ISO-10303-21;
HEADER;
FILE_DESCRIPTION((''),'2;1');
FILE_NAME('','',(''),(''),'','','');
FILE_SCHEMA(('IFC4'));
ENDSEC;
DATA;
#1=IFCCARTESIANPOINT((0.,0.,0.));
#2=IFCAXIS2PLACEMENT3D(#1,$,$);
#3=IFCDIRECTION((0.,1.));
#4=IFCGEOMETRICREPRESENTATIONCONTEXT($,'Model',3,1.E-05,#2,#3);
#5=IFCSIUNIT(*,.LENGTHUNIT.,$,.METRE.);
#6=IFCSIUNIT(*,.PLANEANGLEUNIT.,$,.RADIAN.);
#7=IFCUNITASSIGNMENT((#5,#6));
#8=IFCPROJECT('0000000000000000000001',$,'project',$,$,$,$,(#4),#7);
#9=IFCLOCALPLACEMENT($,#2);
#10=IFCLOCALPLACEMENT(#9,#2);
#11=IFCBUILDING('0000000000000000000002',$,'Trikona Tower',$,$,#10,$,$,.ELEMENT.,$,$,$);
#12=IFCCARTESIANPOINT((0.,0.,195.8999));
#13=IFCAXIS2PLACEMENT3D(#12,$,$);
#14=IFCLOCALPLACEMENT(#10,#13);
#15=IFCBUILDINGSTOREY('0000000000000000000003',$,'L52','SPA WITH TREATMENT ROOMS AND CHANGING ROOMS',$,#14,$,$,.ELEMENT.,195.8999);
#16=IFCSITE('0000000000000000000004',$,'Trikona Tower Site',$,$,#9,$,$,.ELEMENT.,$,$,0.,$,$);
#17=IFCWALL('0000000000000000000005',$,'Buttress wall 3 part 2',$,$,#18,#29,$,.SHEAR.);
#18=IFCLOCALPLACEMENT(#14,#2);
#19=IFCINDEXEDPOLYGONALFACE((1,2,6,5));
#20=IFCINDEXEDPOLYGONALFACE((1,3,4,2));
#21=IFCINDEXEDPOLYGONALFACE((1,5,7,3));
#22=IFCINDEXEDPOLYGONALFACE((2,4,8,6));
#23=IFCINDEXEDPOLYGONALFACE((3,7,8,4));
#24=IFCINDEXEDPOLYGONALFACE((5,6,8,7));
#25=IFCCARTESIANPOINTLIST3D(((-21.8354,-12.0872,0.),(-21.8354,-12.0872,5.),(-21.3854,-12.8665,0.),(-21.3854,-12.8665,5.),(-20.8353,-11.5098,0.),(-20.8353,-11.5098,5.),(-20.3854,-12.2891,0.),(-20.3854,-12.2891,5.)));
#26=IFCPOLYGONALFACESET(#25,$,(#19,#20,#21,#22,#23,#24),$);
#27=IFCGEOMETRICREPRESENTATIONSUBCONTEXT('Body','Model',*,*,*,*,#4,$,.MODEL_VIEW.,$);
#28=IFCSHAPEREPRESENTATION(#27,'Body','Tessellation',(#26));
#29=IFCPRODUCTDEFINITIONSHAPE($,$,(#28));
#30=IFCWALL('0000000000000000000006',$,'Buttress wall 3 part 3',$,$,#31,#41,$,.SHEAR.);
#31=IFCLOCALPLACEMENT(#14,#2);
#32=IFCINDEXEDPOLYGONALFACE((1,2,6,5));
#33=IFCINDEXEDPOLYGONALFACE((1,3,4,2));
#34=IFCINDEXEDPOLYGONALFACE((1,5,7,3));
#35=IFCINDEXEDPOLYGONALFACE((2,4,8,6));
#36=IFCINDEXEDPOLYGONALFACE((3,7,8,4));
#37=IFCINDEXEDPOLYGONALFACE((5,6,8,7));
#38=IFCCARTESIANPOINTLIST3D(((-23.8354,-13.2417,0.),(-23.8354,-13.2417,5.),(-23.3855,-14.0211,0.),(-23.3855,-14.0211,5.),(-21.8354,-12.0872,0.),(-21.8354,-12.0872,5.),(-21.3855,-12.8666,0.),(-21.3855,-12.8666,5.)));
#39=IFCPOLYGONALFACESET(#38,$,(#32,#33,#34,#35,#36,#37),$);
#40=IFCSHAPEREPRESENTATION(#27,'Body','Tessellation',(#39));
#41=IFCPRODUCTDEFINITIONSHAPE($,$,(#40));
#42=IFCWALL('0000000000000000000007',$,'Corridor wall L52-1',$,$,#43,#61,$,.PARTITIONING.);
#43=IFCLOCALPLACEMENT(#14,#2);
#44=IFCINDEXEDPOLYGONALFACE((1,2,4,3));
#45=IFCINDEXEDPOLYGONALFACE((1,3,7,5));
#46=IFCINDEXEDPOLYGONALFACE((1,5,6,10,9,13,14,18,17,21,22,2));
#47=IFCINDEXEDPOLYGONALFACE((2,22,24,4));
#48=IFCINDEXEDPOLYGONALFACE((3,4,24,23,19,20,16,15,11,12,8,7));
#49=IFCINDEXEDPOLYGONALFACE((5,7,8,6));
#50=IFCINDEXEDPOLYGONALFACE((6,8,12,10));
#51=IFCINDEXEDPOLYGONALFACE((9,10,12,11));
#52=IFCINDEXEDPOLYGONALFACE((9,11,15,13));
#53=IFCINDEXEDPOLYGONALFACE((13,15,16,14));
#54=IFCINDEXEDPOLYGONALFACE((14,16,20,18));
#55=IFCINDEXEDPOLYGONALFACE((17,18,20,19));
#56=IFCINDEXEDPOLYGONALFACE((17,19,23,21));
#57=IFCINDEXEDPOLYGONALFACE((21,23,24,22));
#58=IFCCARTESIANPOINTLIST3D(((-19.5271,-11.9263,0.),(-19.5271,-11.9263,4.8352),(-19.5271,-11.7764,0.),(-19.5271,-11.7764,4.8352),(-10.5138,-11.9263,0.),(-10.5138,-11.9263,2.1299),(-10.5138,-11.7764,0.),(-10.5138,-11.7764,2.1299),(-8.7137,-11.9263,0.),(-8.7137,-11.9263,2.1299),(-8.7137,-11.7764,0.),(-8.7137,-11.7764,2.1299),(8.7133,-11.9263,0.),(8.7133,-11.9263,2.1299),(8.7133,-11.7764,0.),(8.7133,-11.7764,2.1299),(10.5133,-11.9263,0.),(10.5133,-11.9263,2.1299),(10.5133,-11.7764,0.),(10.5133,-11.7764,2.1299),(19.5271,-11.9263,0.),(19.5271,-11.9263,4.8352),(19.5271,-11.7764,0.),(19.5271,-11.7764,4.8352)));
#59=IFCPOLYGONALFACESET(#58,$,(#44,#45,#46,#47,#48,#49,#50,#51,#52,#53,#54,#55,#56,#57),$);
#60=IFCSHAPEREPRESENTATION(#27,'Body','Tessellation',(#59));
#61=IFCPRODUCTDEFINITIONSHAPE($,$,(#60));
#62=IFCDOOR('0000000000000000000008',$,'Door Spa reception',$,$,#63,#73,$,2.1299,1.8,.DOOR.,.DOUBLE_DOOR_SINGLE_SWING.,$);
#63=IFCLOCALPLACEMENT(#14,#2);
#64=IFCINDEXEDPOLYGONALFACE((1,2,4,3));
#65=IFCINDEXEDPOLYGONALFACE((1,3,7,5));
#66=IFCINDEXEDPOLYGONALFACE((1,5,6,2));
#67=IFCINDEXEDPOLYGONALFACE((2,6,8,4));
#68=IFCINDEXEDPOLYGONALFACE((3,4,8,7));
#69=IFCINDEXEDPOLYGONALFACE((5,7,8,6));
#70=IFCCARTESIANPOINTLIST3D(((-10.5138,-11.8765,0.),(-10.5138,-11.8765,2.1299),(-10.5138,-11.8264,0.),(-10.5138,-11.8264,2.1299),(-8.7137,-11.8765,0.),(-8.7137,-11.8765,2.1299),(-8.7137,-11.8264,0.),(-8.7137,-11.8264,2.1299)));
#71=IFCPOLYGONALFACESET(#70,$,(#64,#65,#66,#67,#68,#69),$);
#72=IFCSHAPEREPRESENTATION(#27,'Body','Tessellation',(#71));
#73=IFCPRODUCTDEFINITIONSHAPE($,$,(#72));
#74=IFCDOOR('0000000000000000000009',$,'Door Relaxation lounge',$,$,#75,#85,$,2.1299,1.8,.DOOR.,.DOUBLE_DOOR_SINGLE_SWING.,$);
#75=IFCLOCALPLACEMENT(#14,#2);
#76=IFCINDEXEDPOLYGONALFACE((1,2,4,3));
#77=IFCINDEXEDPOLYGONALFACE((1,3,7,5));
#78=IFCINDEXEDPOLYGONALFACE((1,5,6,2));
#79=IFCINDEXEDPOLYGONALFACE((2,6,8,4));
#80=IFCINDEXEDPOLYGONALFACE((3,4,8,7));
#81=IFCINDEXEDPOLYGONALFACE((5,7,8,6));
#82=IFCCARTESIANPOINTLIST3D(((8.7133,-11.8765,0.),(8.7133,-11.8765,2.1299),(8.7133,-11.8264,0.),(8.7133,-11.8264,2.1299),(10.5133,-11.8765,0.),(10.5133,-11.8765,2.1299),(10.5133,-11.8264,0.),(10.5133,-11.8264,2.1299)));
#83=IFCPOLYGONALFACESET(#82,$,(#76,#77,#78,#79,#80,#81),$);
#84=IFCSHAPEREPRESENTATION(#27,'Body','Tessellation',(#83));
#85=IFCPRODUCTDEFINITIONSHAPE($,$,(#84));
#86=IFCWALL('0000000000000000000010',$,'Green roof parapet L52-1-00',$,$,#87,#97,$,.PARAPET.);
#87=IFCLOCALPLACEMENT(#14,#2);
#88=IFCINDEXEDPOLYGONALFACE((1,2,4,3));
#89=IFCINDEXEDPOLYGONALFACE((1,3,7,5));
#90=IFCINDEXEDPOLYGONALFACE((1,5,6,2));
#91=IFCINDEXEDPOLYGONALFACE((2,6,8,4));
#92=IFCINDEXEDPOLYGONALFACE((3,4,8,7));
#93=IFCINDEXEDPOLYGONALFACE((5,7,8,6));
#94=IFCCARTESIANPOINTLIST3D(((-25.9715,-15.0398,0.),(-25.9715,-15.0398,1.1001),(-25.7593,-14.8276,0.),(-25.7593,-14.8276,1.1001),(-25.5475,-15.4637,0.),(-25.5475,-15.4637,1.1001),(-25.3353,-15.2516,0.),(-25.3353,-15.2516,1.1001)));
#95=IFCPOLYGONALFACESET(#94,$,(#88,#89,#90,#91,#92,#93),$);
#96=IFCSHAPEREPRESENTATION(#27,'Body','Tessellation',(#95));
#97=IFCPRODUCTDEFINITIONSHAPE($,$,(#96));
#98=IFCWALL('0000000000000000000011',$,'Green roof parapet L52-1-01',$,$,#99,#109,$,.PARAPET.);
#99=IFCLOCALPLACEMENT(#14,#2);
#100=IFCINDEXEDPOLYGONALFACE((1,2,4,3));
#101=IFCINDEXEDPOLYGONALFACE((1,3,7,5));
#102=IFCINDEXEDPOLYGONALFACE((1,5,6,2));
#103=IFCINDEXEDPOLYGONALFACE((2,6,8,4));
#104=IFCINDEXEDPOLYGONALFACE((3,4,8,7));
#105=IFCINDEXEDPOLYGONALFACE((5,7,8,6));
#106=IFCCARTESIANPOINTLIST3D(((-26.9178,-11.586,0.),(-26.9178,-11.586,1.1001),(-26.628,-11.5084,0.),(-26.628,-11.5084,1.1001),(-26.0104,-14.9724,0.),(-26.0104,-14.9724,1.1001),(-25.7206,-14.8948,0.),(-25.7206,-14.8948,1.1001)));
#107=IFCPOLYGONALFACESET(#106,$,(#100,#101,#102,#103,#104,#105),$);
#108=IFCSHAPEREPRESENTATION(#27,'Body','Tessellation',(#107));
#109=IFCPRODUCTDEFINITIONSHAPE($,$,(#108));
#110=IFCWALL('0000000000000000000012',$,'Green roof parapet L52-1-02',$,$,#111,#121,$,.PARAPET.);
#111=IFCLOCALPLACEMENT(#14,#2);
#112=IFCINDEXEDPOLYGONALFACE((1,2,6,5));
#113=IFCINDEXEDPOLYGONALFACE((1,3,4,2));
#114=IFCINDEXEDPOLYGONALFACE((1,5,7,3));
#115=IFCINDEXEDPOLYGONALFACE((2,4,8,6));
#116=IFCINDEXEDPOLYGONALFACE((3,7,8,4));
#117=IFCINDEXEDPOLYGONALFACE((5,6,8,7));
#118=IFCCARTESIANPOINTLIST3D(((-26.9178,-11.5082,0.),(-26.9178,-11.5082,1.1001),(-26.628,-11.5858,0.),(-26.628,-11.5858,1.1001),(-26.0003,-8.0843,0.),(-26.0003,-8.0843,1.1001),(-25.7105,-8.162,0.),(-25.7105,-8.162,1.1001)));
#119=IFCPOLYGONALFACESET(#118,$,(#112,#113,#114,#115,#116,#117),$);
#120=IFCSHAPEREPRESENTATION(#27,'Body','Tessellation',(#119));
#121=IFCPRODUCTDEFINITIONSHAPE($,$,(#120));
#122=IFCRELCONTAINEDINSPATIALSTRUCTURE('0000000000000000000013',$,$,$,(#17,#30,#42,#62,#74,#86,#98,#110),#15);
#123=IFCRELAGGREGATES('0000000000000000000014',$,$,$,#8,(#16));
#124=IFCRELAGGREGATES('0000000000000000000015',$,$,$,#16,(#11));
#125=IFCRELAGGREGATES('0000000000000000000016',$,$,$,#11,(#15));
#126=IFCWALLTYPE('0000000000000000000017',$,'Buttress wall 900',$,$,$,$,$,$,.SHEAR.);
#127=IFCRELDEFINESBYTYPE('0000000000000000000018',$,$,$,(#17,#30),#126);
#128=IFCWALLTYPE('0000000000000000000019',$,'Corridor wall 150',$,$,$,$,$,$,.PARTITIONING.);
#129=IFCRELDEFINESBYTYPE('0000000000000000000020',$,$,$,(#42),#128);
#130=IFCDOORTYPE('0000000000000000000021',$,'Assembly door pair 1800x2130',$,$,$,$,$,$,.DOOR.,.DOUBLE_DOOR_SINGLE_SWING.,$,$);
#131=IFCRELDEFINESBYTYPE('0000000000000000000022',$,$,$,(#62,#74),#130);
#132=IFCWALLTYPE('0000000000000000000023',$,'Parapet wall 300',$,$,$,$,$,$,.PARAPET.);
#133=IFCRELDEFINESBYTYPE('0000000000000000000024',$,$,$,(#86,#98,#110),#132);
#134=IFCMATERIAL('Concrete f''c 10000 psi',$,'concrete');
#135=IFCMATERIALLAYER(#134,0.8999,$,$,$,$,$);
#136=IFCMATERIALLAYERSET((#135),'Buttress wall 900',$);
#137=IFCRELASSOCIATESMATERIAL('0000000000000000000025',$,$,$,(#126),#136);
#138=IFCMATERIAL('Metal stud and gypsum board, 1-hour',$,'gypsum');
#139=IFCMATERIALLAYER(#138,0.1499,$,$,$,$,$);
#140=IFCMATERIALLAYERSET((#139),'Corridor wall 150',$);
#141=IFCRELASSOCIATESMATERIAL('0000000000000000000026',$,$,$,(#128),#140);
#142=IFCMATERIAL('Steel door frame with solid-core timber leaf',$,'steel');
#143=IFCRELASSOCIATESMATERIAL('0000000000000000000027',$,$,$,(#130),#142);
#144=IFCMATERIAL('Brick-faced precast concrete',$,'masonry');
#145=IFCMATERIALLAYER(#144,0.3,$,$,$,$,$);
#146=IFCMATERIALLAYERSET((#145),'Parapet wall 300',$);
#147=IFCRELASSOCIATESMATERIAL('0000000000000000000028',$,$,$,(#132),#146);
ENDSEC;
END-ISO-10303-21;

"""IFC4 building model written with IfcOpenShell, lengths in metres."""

from ifc_helpers import new_model, si_unit, direction, frame, frame_2d, origin, place, context, subcontext, project, spatial, rectangle, extrude, material, layer, layer_set, type_object, element, fill, save


model = new_model("IFC4")

# Units and contexts
model_context = context("Model", 3, precision=1e-05, world=origin(), true_north=direction((0.0, 1.0)))
body_context = subcontext(model_context, "Body", "Model", "MODEL_VIEW")
ifc_project = project(units=[si_unit("LENGTHUNIT", "METRE"), si_unit("PLANEANGLEUNIT", "RADIAN")], contexts=[model_context])

# Site, building, storey
site_placement = place(None, origin())
site = spatial("IfcSite", under=ifc_project, at=site_placement, Name="Trikona Tower Site", CompositionType="ELEMENT", RefElevation=0.0)
building_placement = place(site_placement, origin())
building = spatial("IfcBuilding", under=site, at=building_placement, Name="Trikona Tower", CompositionType="ELEMENT")
storey_placement = place(building_placement, frame((0.0, 0.0, 195.8999)))
storey = spatial("IfcBuildingStorey", under=building, at=storey_placement, Name="L52", Description="SPA WITH TREATMENT ROOMS AND CHANGING ROOMS", CompositionType="ELEMENT", Elevation=195.8999)

# Walls
ifc_material_1 = material(Name="Concrete f'c 10000 psi", Category="concrete")
ifc_layer_1 = layer(ifc_material_1, 0.8999)
ifc_layer_set_1 = layer_set([ifc_layer_1], Name="Buttress wall 900")
wall_type_1 = type_object("IfcWallType", Name="Buttress wall 900", PredefinedType="SHEAR", material=ifc_layer_set_1)
wall_1_placement = place(storey_placement, frame((-20.6104, -11.8994, 0.0), z_axis=(0.0, 0.0, 1.0), x_axis=(-0.86601, -0.500027, 0.0)))
element("IfcWall", 1, at=wall_1_placement, inside=storey, type_object=wall_type_1, Name="Buttress wall 3 part 2", PredefinedType="SHEAR", context=body_context, shape_type="SweptSolid", body=[
    extrude(rectangle(XDim=1.1548, YDim=0.8999, at=frame_2d((0.5774, 0.0))), origin(), (0.0, 0.0, 1.0), 5.0),
])
wall_2_placement = place(storey_placement, frame((-21.6104, -12.4768, 0.0), z_axis=(0.0, 0.0, 1.0), x_axis=(-0.866055, -0.499948, 0.0)))
element("IfcWall", 2, at=wall_2_placement, inside=storey, type_object=wall_type_1, Name="Buttress wall 3 part 3", PredefinedType="SHEAR", context=body_context, shape_type="SweptSolid", body=[
    extrude(rectangle(XDim=2.3093, YDim=0.8999, at=frame_2d((1.1548, 0.0))), origin(), (0.0, 0.0, 1.0), 5.0),
])

# Wall, openings, doors
ifc_material_2 = material(Name="Metal stud and gypsum board, 1-hour", Category="gypsum")
ifc_layer_2 = layer(ifc_material_2, 0.1499)
ifc_layer_set_2 = layer_set([ifc_layer_2], Name="Corridor wall 150")
wall_type_2 = type_object("IfcWallType", Name="Corridor wall 150", PredefinedType="PARTITIONING", material=ifc_layer_set_2)
wall_3_placement = place(storey_placement, frame((-19.5271, -11.8513, 0.0), z_axis=(0.0, 0.0, 1.0), x_axis=(1.0, 0.0, 0.0)))
wall_3 = element("IfcWall", 3, at=wall_3_placement, inside=storey, type_object=wall_type_2, Name="Corridor wall L52-1", PredefinedType="PARTITIONING", context=body_context, shape_type="SweptSolid", body=[
    extrude(rectangle(XDim=39.0542, YDim=0.1499, at=frame_2d((19.5271, 0.0))), origin(), (0.0, 0.0, 1.0), 4.8352),
])
opening_1_placement = place(wall_3_placement, frame((9.0134, 0.0, 0.0)))
opening_1 = element("IfcOpeningElement", 4, at=opening_1_placement, cuts=wall_3, PredefinedType="OPENING", context=body_context, shape_type="SweptSolid", body=[
    extrude(rectangle(XDim=1.8, YDim=2.1299, at=frame_2d((0.8999, 1.0649))), frame((0.0, 0.085, 0.0), z_axis=(0.0, -1.0, 0.0), x_axis=(1.0, 0.0, 0.0)), (0.0, 0.0, 1.0), 0.1699),
])
opening_2_placement = place(wall_3_placement, frame((28.2405, 0.0, 0.0)))
opening_2 = element("IfcOpeningElement", 5, at=opening_2_placement, cuts=wall_3, PredefinedType="OPENING", context=body_context, shape_type="SweptSolid", body=[
    extrude(rectangle(XDim=1.8, YDim=2.1299, at=frame_2d((0.8999, 1.0649))), frame((0.0, 0.085, 0.0), z_axis=(0.0, -1.0, 0.0), x_axis=(1.0, 0.0, 0.0)), (0.0, 0.0, 1.0), 0.1699),
])
ifc_material_3 = material(Name="Steel door frame with solid-core timber leaf", Category="steel")
door_type = type_object("IfcDoorType", Name="Assembly door pair 1800x2130", OperationType="DOUBLE_DOOR_SINGLE_SWING", PredefinedType="DOOR", material=ifc_material_3)
door_1_placement = place(opening_1_placement, origin())
door_1 = element("IfcDoor", 6, at=door_1_placement, inside=storey, type_object=door_type, Name="Door Spa reception", OperationType="DOUBLE_DOOR_SINGLE_SWING", OverallHeight=2.1299, OverallWidth=1.8, PredefinedType="DOOR", context=body_context, shape_type="SweptSolid", body=[
    extrude(rectangle(XDim=1.8, YDim=2.1299, at=frame_2d((0.8999, 1.0649))), frame((0.0, 0.0249, 0.0), z_axis=(0.0, -1.0, 0.0), x_axis=(1.0, 0.0, 0.0)), (0.0, 0.0, 1.0), 0.05),
])
fill(opening_1, door_1)
door_2_placement = place(opening_2_placement, origin())
door_2 = element("IfcDoor", 7, at=door_2_placement, inside=storey, type_object=door_type, Name="Door Relaxation lounge", OperationType="DOUBLE_DOOR_SINGLE_SWING", OverallHeight=2.1299, OverallWidth=1.8, PredefinedType="DOOR", context=body_context, shape_type="SweptSolid", body=[
    extrude(rectangle(XDim=1.8, YDim=2.1299, at=frame_2d((0.8999, 1.0649))), frame((0.0, 0.0249, 0.0), z_axis=(0.0, -1.0, 0.0), x_axis=(1.0, 0.0, 0.0)), (0.0, 0.0, 1.0), 0.05),
])
fill(opening_2, door_2)

# Walls
ifc_material_4 = material(Name="Brick-faced precast concrete", Category="masonry")
ifc_layer_3 = layer(ifc_material_4, 0.3)
ifc_layer_set_3 = layer_set([ifc_layer_3], Name="Parapet wall 300")
wall_type_3 = type_object("IfcWallType", Name="Parapet wall 300", PredefinedType="PARAPET", material=ifc_layer_set_3)
wall_4_placement = place(storey_placement, frame((-25.4414, -15.3577, 0.0), z_axis=(0.0, 0.0, 1.0), x_axis=(-0.707107, 0.707107, 0.0)))
element("IfcWall", 8, at=wall_4_placement, inside=storey, type_object=wall_type_3, Name="Green roof parapet L52-1-00", PredefinedType="PARAPET", context=body_context, shape_type="SweptSolid", body=[
    extrude(rectangle(XDim=0.5996, YDim=0.3, at=frame_2d((0.2998, 0.0))), origin(), (0.0, 0.0, 1.0), 1.1001),
])
wall_5_placement = place(storey_placement, frame((-25.8655, -14.9336, 0.0), z_axis=(0.0, 0.0, 1.0), x_axis=(-0.258837, 0.965921, 0.0)))
element("IfcWall", 9, at=wall_5_placement, inside=storey, type_object=wall_type_3, Name="Green roof parapet L52-1-01", PredefinedType="PARAPET", context=body_context, shape_type="SweptSolid", body=[
    extrude(rectangle(XDim=3.5059, YDim=0.3, at=frame_2d((1.7529, 0.0))), origin(), (0.0, 0.0, 1.0), 1.1001),
])
wall_6_placement = place(storey_placement, frame((-26.7729, -11.5471, 0.0), z_axis=(0.0, 0.0, 1.0), x_axis=(0.258837, 0.965921, 0.0)))
element("IfcWall", 10, at=wall_6_placement, inside=storey, type_object=wall_type_3, Name="Green roof parapet L52-1-02", PredefinedType="PARAPET", context=body_context, shape_type="SweptSolid", body=[
    extrude(rectangle(XDim=3.5447, YDim=0.3, at=frame_2d((1.7725, 0.0))), origin(), (0.0, 0.0, 1.0), 1.1001),
])

save(model, "model.ifc")
